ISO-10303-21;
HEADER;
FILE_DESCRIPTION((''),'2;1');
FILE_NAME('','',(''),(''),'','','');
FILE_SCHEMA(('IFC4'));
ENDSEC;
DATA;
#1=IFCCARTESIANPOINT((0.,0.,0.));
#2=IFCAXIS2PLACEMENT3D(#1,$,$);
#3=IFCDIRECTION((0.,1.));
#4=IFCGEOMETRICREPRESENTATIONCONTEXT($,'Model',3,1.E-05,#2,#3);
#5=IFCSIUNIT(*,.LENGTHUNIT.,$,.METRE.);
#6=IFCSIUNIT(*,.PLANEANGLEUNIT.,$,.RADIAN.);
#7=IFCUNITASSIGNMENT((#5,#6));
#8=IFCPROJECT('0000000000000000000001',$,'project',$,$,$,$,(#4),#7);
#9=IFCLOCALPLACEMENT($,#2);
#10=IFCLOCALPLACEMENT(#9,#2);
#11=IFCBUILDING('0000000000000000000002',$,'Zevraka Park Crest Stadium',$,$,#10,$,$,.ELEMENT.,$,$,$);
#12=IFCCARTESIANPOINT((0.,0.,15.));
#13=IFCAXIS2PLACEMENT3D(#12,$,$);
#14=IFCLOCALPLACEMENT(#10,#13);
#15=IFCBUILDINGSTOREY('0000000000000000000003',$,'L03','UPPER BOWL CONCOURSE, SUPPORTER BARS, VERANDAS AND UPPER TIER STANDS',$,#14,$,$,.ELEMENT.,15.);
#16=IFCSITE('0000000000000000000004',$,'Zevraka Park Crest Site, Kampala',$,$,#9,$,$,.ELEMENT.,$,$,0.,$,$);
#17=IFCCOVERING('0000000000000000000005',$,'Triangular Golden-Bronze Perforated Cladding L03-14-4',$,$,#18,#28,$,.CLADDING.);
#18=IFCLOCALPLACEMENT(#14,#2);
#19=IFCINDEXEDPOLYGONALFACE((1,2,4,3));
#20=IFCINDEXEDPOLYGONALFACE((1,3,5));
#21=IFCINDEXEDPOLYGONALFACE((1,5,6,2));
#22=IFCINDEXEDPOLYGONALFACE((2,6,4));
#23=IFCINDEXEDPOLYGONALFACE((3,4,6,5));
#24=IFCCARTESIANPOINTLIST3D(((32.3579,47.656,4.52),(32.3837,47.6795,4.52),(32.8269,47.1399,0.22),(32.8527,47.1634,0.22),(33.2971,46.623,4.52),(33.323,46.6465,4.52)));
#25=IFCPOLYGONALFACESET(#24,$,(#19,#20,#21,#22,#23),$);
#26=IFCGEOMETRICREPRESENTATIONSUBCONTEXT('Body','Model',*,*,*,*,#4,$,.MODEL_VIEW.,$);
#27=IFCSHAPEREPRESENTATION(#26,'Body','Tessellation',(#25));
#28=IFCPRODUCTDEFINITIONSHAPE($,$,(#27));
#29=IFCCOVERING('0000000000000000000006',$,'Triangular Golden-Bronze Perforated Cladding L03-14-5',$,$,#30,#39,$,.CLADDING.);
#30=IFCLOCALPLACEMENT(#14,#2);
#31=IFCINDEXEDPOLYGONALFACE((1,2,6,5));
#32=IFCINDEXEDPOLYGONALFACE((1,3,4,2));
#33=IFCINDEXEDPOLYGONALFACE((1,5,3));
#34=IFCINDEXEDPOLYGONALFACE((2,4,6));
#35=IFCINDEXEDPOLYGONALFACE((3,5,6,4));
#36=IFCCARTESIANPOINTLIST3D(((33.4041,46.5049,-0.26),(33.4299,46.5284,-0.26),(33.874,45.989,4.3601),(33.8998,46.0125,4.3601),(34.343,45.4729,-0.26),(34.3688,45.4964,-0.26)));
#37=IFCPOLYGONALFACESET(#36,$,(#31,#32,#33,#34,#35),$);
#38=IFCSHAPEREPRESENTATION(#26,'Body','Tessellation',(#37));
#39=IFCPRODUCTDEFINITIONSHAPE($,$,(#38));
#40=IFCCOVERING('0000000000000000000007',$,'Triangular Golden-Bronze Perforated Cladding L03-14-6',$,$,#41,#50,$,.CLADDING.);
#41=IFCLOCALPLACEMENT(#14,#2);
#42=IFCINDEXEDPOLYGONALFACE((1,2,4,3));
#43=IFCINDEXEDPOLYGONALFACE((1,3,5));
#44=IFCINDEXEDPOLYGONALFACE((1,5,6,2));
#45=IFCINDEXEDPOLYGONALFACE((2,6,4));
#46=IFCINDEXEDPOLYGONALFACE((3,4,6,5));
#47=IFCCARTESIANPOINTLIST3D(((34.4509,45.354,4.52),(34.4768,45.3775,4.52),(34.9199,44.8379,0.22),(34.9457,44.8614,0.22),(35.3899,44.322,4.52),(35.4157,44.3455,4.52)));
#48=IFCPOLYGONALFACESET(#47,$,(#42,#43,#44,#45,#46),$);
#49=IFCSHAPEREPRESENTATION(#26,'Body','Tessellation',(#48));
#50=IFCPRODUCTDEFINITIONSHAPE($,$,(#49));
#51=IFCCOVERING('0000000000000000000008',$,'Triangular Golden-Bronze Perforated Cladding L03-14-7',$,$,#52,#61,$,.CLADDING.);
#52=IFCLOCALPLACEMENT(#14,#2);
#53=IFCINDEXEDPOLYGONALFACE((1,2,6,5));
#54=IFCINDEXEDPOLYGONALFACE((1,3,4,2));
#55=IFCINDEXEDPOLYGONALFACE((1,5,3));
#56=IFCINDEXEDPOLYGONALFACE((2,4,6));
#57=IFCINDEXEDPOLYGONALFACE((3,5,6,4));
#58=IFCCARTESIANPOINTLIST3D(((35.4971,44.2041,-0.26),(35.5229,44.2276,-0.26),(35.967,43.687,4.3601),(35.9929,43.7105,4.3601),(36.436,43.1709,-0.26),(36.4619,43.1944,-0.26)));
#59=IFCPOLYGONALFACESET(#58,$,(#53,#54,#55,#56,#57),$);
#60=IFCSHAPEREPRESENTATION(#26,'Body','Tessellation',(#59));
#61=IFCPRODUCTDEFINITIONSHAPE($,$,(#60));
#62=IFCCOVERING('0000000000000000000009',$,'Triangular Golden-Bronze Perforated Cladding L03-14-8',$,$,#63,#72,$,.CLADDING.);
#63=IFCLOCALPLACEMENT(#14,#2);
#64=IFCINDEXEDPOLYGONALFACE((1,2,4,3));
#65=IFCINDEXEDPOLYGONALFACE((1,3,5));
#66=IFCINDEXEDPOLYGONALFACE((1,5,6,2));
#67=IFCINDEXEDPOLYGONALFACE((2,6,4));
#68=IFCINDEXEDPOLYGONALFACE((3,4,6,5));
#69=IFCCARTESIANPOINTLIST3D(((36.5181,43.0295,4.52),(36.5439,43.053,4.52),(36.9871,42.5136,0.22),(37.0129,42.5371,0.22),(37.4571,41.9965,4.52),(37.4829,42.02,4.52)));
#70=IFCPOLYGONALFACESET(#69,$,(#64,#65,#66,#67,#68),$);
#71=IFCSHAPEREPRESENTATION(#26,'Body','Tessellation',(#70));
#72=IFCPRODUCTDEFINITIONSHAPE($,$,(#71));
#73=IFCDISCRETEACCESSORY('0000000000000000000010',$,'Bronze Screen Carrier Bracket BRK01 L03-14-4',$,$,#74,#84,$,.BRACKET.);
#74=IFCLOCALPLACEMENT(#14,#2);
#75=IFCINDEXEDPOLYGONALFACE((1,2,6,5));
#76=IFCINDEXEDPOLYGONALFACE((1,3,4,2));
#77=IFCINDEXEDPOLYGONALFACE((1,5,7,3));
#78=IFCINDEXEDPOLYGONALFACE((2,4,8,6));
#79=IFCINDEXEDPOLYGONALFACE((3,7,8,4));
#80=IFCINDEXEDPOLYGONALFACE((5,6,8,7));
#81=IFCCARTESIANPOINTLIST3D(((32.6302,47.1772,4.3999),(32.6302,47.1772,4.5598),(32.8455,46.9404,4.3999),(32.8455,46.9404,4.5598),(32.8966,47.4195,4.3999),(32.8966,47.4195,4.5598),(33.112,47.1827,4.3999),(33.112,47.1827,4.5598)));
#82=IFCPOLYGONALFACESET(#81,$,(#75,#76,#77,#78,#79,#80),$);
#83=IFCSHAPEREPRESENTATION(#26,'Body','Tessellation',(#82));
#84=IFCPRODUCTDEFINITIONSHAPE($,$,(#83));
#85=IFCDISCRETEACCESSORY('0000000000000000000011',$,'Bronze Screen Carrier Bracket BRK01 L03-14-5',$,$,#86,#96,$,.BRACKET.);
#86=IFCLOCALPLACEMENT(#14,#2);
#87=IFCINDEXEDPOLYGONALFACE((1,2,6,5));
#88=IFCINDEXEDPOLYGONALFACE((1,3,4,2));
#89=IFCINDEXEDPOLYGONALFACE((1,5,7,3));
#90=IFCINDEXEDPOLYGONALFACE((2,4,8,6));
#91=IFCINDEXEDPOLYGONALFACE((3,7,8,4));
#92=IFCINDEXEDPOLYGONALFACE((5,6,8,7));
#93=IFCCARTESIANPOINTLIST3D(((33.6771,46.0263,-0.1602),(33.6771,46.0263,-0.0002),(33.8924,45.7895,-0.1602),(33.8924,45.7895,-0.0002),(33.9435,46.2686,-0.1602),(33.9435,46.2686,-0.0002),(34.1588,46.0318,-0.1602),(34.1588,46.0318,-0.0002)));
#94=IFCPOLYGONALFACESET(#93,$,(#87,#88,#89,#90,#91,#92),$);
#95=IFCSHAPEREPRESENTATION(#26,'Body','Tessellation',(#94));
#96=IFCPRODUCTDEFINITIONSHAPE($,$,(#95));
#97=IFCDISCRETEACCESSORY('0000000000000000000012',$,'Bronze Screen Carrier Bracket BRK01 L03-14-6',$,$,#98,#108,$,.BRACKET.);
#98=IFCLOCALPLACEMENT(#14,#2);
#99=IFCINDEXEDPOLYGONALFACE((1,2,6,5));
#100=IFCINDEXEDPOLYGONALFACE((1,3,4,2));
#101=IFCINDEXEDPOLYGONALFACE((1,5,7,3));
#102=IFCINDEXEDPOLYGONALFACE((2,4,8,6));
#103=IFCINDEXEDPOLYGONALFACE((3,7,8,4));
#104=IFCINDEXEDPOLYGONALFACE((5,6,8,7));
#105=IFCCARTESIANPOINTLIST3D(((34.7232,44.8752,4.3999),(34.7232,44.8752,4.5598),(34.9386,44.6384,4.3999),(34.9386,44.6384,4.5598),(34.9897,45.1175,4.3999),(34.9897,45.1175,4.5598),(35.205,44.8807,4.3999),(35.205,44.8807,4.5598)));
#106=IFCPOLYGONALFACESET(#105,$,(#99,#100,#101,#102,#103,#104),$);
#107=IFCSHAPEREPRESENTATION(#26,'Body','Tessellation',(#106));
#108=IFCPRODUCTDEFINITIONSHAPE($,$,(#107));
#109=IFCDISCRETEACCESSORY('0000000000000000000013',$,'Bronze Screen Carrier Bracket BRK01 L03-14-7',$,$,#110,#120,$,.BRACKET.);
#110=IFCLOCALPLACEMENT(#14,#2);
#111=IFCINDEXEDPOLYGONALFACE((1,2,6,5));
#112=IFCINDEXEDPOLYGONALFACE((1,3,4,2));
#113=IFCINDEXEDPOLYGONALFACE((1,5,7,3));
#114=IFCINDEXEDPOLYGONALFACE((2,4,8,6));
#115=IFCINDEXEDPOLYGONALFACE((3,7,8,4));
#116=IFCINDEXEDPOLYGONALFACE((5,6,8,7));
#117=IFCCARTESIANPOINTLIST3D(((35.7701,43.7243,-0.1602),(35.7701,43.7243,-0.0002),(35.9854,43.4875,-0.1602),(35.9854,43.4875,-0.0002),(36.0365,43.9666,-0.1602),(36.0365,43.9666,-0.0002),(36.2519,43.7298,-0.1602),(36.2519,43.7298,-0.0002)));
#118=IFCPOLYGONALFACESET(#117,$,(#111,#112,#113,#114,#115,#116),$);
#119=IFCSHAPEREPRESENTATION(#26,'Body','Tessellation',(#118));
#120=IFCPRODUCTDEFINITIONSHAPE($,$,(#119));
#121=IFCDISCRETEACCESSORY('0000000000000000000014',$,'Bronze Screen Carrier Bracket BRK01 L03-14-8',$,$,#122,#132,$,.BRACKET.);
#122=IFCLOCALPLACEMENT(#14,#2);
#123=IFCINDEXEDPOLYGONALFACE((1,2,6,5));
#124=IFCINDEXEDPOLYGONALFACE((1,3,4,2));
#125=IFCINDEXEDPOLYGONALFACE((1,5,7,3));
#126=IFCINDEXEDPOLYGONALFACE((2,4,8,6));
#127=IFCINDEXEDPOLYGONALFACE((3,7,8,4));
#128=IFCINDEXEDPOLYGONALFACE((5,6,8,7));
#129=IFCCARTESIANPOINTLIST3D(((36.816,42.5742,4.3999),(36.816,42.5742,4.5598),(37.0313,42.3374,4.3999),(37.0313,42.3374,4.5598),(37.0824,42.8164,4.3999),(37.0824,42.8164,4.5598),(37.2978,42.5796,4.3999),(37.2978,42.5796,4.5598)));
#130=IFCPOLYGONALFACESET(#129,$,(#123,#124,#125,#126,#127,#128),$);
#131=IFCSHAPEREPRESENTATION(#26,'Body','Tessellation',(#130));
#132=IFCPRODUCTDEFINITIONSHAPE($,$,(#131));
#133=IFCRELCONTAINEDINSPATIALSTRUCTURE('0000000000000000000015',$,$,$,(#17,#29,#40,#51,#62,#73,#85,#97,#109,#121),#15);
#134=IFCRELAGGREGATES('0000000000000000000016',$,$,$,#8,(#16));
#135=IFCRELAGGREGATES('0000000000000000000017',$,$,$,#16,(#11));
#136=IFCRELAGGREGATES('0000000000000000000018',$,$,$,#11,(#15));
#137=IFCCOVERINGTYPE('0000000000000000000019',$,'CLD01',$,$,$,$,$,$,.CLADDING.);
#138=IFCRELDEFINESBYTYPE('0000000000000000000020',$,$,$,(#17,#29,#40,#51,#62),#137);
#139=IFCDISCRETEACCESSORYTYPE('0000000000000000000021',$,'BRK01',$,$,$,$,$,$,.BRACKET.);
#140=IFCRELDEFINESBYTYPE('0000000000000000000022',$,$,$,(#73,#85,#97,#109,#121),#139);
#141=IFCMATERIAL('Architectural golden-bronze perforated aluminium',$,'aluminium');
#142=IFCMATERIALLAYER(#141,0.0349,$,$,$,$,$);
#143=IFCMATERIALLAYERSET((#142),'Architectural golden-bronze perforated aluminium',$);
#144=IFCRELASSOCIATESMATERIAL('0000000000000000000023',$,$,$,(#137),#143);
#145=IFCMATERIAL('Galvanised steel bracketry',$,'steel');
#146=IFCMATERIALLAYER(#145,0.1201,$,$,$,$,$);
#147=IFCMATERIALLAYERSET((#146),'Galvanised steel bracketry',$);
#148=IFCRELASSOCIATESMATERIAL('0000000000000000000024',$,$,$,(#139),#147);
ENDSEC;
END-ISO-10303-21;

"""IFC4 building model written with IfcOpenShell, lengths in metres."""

from ifc_helpers import new_model, si_unit, direction, frame, origin, origin_2d, place, context, subcontext, project, spatial, polyline, rectangle, outline, extrude, material, layer, layer_set, type_object, element, save


model = new_model("IFC4")

# Units and contexts
model_context = context("Model", 3, precision=1e-05, world=origin(), true_north=direction((0.0, 1.0)))
body_context = subcontext(model_context, "Body", "Model", "MODEL_VIEW")
ifc_project = project(units=[si_unit("LENGTHUNIT", "METRE"), si_unit("PLANEANGLEUNIT", "RADIAN")], contexts=[model_context])

# Site, building, storey
site_placement = place(None, origin())
site = spatial("IfcSite", under=ifc_project, at=site_placement, Name="Zevraka Park Crest Site, Kampala", CompositionType="ELEMENT", RefElevation=0.0)
building_placement = place(site_placement, origin())
building = spatial("IfcBuilding", under=site, at=building_placement, Name="Zevraka Park Crest Stadium", CompositionType="ELEMENT")
storey_placement = place(building_placement, frame((0.0, 0.0, 15.0)))
storey = spatial("IfcBuildingStorey", under=building, at=storey_placement, Name="L03", Description="UPPER BOWL CONCOURSE, SUPPORTER BARS, VERANDAS AND UPPER TIER STANDS", CompositionType="ELEMENT", Elevation=15.0)

# Coverings
ifc_material_1 = material(Name="Architectural golden-bronze perforated aluminium", Category="aluminium")
ifc_layer_1 = layer(ifc_material_1, 0.0349)
ifc_layer_set_1 = layer_set([ifc_layer_1], Name="Architectural golden-bronze perforated aluminium")
covering_type = type_object("IfcCoveringType", Name="CLD01", PredefinedType="CLADDING", material=ifc_layer_set_1)
covering_1_placement = place(storey_placement, frame((33.2971, 46.623, 4.52), z_axis=(-0.739885, -0.672734, 0.000048), x_axis=(-0.672734, 0.739885, 0.0)))
element("IfcCovering", 1, at=covering_1_placement, inside=storey, type_object=covering_type, Name="Triangular Golden-Bronze Perforated Cladding L03-14-4", PredefinedType="CLADDING", context=body_context, shape_type="SweptSolid", body=[
    extrude(outline(polyline([(0.0, 0.0), (1.3961, 0.0), (0.6987, 4.3), (0.0, 0.0)])), origin(), (0.0, 0.0, -1.0), 0.0349),
])
covering_2_placement = place(storey_placement, frame((33.4041, 46.5049, -0.26), z_axis=(-0.739655, -0.672986, 0.000096), x_axis=(0.672986, -0.739655, 0.0)))
element("IfcCovering", 2, at=covering_2_placement, inside=storey, type_object=covering_type, Name="Triangular Golden-Bronze Perforated Cladding L03-14-5", PredefinedType="CLADDING", context=body_context, shape_type="SweptSolid", body=[
    extrude(outline(polyline([(0.0, 0.0), (1.3952, 0.0), (0.6978, 4.6201), (0.0, 0.0)])), origin(), (0.0, 0.0, -1.0), 0.0349),
])
covering_3_placement = place(storey_placement, frame((35.3899, 44.322, 4.52), z_axis=(-0.739655, -0.672986, 0.000103), x_axis=(-0.672986, 0.739655, 0.0)))
element("IfcCovering", 3, at=covering_3_placement, inside=storey, type_object=covering_type, Name="Triangular Golden-Bronze Perforated Cladding L03-14-6", PredefinedType="CLADDING", context=body_context, shape_type="SweptSolid", body=[
    extrude(outline(polyline([(0.0, 0.0), (1.3952, 0.0), (0.6978, 4.3), (0.0, 0.0)])), origin(), (0.0, 0.0, -1.0), 0.0349),
])
covering_4_placement = place(storey_placement, frame((35.4971, 44.2041, -0.26), z_axis=(-0.740051, -0.672551, 0.000007), x_axis=(0.672551, -0.740051, 0.0)))
element("IfcCovering", 4, at=covering_4_placement, inside=storey, type_object=covering_type, Name="Triangular Golden-Bronze Perforated Cladding L03-14-7", PredefinedType="CLADDING", context=body_context, shape_type="SweptSolid", body=[
    extrude(outline(polyline([(0.0, 0.0), (1.3961, 0.0), (0.6988, 4.6201), (0.0, 0.0)])), origin(), (0.0, 0.0, -1.0), 0.0349),
])
covering_5_placement = place(storey_placement, frame((37.4829, 42.02, 4.52), z_axis=(0.739972, 0.672638, 0.000011), x_axis=(-0.672638, 0.739972, 0.0)))
element("IfcCovering", 5, at=covering_5_placement, inside=storey, type_object=covering_type, Name="Triangular Golden-Bronze Perforated Cladding L03-14-8", PredefinedType="CLADDING", context=body_context, shape_type="SweptSolid", body=[
    extrude(outline(polyline([(0.0, 0.0), (1.3959, 0.0), (0.6988, -4.3), (0.0, 0.0)])), origin(), (0.0, 0.0, -1.0), 0.0349),
])

# Discrete accessories
ifc_material_2 = material(Name="Galvanised steel bracketry", Category="steel")
ifc_layer_2 = layer(ifc_material_2, 0.1201)
ifc_layer_set_2 = layer_set([ifc_layer_2], Name="Galvanised steel bracketry")
discrete_accessory_type = type_object("IfcDiscreteAccessoryType", Name="BRK01", PredefinedType="BRACKET", material=ifc_layer_set_2)
for number, where, z_axis, x_axis, name in (
    (6, (32.8711, 47.1799, 4.3999), (0.0, 0.0, 1.0), (0.672754, -0.739866, 0.0), "Bronze Screen Carrier Bracket BRK01 L03-14-4"),
    (7, (33.918, 46.0291, -0.1602), (0.0, 0.0, 1.0), (0.672754, -0.739866, 0.0), "Bronze Screen Carrier Bracket BRK01 L03-14-5"),
    (8, (34.9641, 44.8779, 4.3999), (0.0, 0.0, 1.0), (0.672754, -0.739866, 0.0), "Bronze Screen Carrier Bracket BRK01 L03-14-6"),
    (9, (36.011, 43.7271, -0.1602), (0.0, 0.0, 1.0), (0.672754, -0.739866, 0.0), "Bronze Screen Carrier Bracket BRK01 L03-14-7"),
    (10, (37.0569, 42.5769, 4.3999), (0.0, 0.0, 1.0), (0.672754, -0.739866, 0.0), "Bronze Screen Carrier Bracket BRK01 L03-14-8"),
):
    element("IfcDiscreteAccessory", number, at=place(storey_placement, frame(where, z_axis=z_axis, x_axis=x_axis)), inside=storey, type_object=discrete_accessory_type, Name=name, PredefinedType="BRACKET", context=body_context, shape_type="SweptSolid", body=[
        extrude(rectangle(XDim=0.3201, YDim=0.3601, at=origin_2d()), origin(), (0.0, 0.0, 1.0), 0.1599),
    ])

save(model, "model.ifc")
